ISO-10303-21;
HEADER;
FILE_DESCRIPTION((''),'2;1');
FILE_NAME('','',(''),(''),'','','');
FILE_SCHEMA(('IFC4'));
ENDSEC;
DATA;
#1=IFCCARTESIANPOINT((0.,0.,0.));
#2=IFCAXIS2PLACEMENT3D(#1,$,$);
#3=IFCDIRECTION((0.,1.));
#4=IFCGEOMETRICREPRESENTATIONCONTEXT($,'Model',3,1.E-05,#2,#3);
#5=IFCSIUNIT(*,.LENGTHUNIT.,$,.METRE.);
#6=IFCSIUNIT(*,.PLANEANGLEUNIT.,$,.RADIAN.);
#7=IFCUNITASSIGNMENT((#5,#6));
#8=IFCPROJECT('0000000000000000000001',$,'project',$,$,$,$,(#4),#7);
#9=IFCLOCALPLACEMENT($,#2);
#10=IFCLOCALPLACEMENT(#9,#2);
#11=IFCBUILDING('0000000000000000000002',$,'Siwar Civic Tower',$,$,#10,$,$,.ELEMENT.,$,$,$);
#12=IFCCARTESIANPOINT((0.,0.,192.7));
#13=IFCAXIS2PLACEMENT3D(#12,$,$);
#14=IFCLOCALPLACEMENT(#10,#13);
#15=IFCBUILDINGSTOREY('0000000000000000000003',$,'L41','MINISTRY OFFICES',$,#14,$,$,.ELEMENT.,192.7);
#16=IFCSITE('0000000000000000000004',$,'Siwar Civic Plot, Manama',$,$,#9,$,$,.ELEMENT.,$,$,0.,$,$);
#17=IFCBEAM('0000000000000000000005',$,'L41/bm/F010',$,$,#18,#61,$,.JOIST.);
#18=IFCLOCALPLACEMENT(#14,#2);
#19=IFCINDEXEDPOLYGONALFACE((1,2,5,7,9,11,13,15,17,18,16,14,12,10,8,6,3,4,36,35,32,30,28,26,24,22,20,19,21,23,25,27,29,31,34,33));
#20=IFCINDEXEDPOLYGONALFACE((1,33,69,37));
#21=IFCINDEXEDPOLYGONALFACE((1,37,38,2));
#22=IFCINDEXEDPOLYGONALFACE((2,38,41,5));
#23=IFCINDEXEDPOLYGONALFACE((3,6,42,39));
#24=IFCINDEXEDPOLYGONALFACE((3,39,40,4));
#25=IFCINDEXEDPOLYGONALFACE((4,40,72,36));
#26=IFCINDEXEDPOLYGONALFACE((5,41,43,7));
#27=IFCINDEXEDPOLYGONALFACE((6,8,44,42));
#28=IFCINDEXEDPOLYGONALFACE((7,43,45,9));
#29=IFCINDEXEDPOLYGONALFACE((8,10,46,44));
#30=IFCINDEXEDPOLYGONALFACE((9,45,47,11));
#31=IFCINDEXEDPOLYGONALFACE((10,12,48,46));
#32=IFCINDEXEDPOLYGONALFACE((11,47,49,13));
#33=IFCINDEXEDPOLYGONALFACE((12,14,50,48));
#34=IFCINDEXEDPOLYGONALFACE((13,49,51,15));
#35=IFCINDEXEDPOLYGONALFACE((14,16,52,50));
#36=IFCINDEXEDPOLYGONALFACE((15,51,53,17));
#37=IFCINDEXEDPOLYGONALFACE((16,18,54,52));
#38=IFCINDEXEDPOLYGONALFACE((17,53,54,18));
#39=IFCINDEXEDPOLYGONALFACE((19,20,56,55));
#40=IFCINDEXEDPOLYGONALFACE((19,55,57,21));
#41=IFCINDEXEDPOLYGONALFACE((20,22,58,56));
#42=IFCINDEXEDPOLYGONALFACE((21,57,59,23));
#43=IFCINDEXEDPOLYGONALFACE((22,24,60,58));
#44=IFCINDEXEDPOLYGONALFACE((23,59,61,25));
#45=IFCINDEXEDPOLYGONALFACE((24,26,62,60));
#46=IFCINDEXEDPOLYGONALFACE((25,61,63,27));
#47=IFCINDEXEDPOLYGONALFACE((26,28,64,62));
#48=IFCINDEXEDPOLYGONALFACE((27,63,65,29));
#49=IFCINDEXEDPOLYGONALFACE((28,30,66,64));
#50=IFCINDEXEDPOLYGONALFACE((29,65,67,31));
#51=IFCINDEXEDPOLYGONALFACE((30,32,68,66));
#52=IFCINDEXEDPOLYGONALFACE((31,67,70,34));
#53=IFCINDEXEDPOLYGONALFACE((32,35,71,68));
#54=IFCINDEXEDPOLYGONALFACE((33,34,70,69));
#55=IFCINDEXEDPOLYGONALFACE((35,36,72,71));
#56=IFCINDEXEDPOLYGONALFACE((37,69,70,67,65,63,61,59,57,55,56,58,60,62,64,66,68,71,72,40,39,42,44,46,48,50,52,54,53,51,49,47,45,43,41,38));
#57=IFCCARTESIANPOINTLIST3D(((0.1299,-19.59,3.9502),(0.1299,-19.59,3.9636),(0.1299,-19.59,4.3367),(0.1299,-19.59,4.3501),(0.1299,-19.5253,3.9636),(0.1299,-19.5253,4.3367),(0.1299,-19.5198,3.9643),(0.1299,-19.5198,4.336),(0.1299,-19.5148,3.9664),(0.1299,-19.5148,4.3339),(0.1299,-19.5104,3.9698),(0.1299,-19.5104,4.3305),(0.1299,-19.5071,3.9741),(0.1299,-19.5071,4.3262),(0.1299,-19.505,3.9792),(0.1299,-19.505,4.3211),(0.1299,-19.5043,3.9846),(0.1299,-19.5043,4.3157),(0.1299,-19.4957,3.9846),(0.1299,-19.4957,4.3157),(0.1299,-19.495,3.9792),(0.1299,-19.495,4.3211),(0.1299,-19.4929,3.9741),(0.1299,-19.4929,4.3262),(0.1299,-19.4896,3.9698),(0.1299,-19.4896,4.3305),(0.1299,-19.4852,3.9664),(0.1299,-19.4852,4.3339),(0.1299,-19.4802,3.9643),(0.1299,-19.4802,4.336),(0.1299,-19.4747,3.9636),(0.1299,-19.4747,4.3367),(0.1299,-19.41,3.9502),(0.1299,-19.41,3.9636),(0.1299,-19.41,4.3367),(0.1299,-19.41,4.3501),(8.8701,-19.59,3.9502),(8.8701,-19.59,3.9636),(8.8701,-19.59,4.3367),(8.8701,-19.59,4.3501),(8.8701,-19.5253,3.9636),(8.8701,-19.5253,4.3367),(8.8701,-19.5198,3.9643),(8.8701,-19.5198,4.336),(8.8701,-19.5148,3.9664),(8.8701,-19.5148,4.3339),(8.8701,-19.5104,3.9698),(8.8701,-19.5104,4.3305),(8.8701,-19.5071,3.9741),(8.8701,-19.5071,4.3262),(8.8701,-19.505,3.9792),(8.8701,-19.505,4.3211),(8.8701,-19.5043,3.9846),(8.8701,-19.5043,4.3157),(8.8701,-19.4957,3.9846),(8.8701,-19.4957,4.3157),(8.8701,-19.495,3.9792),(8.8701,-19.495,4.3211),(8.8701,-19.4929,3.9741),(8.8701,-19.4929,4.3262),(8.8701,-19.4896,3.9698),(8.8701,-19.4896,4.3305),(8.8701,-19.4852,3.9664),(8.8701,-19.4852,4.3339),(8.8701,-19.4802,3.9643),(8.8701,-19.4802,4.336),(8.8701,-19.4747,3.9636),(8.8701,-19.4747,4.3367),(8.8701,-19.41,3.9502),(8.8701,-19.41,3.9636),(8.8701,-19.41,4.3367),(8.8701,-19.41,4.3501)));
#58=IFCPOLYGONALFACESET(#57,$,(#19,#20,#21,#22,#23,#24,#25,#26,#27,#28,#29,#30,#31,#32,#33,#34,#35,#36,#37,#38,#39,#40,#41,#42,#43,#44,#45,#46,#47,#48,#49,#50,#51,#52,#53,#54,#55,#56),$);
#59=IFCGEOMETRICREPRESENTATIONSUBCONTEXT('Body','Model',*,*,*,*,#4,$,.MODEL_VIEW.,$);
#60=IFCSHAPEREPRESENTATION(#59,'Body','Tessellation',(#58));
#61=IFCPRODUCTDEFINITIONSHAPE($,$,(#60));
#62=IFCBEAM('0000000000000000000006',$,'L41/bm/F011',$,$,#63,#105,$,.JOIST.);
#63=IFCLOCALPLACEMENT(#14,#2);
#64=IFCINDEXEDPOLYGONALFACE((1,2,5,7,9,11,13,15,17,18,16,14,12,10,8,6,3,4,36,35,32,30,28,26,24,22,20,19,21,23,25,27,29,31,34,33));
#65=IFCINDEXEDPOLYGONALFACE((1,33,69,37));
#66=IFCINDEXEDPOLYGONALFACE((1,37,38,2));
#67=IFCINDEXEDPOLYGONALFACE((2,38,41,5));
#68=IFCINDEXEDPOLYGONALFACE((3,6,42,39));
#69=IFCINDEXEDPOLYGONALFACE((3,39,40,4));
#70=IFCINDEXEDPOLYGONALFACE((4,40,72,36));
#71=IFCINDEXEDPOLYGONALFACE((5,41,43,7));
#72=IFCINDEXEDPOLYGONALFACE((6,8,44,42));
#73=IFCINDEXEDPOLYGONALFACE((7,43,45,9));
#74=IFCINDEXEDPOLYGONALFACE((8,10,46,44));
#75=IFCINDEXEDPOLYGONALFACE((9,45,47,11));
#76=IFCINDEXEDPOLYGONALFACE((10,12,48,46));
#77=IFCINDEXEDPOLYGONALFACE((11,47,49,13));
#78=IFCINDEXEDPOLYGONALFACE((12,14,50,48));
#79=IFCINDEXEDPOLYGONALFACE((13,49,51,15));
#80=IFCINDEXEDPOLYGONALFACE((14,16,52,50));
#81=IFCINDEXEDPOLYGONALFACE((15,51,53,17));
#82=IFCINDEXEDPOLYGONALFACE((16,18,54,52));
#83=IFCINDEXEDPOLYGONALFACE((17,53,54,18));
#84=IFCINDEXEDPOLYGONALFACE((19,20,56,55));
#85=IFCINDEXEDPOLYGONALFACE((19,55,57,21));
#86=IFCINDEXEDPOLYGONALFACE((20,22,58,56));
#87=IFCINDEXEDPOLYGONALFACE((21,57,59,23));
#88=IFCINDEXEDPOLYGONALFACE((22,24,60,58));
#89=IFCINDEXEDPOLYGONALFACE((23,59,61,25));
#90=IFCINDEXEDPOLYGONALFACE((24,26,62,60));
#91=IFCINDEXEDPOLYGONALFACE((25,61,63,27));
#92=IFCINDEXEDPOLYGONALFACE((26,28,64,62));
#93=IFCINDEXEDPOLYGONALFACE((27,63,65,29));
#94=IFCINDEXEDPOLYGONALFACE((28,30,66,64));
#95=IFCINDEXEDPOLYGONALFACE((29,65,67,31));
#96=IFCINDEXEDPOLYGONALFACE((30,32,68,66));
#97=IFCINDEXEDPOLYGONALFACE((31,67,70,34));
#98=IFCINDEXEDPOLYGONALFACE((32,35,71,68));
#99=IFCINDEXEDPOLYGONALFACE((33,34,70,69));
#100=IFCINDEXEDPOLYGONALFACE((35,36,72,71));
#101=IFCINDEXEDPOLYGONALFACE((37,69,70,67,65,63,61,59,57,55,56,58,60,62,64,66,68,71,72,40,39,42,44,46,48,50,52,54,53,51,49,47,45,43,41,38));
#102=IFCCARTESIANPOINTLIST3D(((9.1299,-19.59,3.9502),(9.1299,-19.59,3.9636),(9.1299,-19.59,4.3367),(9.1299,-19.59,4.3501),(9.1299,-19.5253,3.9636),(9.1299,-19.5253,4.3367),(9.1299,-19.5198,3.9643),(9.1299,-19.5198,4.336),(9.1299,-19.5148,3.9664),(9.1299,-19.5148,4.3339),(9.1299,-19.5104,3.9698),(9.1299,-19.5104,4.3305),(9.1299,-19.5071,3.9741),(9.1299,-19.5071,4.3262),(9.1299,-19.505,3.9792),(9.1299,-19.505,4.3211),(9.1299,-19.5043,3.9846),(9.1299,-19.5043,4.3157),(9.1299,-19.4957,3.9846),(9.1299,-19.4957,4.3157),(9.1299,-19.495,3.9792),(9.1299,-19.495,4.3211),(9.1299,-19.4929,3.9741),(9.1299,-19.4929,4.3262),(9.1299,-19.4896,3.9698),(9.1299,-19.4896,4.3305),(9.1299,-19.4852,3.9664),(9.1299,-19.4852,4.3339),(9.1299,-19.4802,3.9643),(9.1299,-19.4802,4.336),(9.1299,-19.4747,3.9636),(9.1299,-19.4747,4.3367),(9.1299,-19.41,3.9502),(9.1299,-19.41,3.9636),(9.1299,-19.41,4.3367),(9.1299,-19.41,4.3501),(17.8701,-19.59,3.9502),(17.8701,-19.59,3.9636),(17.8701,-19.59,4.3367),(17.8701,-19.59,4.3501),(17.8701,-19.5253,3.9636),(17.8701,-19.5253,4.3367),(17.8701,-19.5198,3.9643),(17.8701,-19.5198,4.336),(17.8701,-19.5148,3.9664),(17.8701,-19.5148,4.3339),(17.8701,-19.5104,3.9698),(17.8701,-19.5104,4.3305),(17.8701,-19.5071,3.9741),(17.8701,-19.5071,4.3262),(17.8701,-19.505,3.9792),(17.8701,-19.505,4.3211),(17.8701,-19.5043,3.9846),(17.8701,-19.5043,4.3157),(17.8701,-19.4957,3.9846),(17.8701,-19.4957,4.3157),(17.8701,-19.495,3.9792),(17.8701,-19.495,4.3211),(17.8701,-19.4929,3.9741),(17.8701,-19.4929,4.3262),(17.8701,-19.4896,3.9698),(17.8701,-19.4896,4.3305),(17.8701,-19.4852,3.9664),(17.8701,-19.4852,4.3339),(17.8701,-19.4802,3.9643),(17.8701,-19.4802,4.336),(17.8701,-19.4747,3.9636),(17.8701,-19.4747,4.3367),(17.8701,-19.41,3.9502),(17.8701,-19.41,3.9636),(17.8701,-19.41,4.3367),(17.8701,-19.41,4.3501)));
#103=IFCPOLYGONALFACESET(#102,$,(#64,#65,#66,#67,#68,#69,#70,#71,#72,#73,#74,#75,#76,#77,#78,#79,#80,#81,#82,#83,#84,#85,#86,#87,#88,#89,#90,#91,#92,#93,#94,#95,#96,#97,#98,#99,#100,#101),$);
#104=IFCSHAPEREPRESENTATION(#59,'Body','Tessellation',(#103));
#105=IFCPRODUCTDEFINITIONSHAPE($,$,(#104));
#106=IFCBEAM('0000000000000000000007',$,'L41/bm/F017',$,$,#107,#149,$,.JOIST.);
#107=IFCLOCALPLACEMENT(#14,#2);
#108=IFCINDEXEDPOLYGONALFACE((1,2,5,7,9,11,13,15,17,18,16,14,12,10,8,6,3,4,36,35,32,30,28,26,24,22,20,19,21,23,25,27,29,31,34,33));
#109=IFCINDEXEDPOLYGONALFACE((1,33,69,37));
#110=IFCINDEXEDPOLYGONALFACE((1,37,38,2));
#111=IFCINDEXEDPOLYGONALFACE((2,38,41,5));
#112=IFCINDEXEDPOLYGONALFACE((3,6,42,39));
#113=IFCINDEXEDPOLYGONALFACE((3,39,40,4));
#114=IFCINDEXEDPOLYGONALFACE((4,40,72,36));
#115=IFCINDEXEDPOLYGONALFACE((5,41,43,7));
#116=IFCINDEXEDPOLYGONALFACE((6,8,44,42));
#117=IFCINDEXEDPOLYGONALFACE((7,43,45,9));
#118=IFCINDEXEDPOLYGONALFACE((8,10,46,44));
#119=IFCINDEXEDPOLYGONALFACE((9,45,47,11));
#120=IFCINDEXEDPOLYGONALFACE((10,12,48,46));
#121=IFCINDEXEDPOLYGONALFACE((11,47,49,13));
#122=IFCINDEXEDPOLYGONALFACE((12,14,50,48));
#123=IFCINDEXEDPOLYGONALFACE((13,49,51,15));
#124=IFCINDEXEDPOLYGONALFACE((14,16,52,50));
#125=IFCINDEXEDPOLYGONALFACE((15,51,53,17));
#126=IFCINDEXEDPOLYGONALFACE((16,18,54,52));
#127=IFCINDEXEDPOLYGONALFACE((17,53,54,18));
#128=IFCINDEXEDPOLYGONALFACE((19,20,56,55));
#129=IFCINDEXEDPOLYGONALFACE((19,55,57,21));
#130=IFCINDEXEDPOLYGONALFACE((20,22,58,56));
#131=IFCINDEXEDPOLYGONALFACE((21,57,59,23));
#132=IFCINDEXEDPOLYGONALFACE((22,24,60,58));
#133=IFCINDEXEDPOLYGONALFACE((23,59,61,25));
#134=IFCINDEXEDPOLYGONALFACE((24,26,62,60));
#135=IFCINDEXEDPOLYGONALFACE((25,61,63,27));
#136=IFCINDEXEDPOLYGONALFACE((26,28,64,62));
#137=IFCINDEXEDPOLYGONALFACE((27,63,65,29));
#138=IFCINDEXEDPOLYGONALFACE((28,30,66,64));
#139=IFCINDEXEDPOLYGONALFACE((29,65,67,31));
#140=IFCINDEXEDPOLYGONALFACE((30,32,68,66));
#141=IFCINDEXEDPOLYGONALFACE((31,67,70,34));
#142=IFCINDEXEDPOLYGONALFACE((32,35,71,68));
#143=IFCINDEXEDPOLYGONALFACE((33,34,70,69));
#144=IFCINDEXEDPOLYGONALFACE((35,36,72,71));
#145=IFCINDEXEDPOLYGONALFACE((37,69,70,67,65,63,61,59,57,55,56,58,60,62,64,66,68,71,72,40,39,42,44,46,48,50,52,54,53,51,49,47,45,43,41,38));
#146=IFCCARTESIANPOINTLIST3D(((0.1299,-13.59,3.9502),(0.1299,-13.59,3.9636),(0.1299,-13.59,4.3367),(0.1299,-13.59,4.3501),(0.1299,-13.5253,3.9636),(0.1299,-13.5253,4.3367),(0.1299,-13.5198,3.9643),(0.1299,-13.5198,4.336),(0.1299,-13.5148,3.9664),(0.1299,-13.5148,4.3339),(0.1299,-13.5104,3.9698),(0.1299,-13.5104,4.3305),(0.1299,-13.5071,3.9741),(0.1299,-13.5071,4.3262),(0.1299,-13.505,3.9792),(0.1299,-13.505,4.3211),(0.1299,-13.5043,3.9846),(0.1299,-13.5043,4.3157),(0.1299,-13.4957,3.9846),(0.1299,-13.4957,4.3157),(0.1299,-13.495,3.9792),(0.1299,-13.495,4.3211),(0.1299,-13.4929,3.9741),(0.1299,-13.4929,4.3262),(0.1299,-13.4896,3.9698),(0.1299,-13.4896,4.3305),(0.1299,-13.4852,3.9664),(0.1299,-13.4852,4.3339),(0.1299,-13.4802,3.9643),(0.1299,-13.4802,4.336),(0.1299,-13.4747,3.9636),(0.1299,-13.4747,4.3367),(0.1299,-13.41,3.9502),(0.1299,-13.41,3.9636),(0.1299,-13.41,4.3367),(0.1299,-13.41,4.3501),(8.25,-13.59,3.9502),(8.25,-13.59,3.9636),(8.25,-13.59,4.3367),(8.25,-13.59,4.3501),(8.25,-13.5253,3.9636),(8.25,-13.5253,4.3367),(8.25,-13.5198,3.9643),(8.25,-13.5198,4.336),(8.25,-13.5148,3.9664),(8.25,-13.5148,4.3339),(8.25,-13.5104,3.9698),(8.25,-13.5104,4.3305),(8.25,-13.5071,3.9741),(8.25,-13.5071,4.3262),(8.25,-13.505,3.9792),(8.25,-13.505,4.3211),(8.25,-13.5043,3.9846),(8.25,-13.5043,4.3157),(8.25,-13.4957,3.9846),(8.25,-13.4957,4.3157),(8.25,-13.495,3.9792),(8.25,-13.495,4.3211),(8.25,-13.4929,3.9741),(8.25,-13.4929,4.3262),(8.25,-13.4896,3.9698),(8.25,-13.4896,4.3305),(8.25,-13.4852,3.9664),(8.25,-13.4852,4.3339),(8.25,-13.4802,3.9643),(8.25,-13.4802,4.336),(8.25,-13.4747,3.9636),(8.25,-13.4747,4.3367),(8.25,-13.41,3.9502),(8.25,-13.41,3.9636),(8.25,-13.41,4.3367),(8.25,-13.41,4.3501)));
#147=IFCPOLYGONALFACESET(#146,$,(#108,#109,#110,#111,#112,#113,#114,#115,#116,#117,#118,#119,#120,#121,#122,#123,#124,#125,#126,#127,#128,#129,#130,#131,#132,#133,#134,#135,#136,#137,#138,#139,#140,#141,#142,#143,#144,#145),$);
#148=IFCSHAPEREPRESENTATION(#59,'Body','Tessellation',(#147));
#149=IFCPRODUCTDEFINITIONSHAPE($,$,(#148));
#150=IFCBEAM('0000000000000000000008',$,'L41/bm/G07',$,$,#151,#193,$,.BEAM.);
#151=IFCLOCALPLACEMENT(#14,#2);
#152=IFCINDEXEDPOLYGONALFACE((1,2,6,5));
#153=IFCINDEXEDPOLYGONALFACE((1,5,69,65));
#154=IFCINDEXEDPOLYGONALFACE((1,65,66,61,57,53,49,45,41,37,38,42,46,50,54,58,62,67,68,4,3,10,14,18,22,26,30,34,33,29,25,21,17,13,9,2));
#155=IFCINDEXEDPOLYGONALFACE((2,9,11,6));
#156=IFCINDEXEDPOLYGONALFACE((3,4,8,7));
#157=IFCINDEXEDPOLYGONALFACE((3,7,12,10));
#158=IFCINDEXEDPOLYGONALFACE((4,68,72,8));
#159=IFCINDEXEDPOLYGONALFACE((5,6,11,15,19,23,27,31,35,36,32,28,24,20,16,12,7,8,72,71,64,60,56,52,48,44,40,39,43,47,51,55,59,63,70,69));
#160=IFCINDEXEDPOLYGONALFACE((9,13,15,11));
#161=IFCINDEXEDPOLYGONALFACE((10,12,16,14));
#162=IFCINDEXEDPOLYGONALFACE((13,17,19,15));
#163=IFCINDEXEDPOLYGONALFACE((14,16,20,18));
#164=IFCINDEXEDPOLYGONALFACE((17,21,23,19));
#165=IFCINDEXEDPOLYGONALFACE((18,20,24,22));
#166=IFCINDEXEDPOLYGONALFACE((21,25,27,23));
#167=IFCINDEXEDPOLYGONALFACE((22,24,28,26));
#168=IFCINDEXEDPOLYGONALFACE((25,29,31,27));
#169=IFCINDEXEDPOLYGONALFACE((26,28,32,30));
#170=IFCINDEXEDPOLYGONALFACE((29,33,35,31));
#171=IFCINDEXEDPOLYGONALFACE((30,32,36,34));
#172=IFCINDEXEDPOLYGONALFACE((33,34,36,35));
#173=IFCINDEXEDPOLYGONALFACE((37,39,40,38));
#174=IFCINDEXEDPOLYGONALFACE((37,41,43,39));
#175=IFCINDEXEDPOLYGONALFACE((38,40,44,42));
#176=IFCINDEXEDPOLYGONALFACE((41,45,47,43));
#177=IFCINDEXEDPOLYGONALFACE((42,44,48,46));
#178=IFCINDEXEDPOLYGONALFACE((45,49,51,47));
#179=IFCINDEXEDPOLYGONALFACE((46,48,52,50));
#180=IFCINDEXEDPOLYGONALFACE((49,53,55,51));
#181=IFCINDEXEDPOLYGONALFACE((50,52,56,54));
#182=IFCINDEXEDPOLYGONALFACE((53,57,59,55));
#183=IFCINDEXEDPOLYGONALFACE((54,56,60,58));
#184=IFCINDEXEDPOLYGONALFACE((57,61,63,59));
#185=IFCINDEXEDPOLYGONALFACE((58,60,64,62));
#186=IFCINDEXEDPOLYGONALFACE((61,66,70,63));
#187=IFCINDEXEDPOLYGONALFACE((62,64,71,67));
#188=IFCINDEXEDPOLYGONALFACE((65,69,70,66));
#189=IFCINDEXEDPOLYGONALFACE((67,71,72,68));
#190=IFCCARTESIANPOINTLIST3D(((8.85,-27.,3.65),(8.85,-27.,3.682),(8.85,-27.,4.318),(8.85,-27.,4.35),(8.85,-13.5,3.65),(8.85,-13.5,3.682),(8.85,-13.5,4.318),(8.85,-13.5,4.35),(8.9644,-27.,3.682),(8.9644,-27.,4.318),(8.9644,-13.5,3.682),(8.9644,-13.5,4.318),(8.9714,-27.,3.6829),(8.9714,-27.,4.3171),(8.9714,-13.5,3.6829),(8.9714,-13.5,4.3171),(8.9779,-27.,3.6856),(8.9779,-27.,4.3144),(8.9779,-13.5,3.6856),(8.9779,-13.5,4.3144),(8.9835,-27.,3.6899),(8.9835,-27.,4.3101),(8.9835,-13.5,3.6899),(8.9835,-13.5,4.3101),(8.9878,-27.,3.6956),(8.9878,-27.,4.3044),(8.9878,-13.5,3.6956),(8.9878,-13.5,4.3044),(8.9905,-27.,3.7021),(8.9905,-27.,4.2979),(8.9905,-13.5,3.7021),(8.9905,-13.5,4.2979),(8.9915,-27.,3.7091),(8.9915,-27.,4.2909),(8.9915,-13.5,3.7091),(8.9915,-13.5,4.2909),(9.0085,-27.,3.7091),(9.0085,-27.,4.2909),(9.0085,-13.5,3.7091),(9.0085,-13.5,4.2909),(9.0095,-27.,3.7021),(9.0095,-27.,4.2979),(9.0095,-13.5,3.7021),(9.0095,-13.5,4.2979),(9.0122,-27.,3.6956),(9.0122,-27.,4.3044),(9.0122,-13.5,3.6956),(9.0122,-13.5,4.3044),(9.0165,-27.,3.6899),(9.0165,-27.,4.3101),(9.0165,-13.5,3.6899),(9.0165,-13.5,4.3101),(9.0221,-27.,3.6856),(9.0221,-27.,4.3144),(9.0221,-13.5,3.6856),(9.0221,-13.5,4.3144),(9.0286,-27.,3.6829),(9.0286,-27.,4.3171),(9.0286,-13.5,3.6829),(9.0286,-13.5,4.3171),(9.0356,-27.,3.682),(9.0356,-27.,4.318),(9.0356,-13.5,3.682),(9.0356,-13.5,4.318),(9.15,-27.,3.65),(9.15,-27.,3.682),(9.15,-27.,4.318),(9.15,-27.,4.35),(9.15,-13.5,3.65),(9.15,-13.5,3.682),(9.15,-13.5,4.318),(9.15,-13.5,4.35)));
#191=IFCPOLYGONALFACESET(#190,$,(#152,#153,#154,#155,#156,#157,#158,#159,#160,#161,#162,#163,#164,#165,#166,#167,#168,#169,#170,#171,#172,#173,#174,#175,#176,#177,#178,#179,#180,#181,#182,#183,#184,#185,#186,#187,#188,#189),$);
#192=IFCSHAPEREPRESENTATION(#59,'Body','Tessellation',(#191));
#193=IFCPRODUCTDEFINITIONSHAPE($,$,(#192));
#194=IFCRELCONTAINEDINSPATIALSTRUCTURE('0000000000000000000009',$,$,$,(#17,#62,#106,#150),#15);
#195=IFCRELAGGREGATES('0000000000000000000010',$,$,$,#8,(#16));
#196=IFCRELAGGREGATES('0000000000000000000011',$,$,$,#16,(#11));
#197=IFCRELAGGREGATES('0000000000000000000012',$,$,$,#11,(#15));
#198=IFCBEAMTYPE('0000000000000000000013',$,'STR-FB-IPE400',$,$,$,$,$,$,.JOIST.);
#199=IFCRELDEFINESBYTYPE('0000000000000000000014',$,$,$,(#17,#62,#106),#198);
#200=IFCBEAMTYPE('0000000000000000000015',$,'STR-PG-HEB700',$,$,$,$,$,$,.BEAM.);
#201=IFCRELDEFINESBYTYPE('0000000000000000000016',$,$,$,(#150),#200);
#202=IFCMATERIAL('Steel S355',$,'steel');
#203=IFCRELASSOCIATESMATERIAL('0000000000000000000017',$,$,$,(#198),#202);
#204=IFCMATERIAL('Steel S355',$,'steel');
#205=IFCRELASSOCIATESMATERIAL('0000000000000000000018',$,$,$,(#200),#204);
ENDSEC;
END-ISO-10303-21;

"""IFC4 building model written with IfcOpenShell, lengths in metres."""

from ifc_helpers import new_model, si_unit, direction, frame, origin, origin_2d, place, context, subcontext, project, spatial, i_section, extrude, material, material_profile, profile_set, type_object, element, save


model = new_model("IFC4")

# Units and contexts
model_context = context("Model", 3, precision=1e-05, world=origin(), true_north=direction((0.0, 1.0)))
body_context = subcontext(model_context, "Body", "Model", "MODEL_VIEW")
ifc_project = project(units=[si_unit("LENGTHUNIT", "METRE"), si_unit("PLANEANGLEUNIT", "RADIAN")], contexts=[model_context])

# Site, building, storey
site_placement = place(None, origin())
site = spatial("IfcSite", under=ifc_project, at=site_placement, Name="Siwar Civic Plot, Manama", CompositionType="ELEMENT", RefElevation=0.0)
building_placement = place(site_placement, origin())
building = spatial("IfcBuilding", under=site, at=building_placement, Name="Siwar Civic Tower", CompositionType="ELEMENT")
storey_placement = place(building_placement, frame((0.0, 0.0, 192.7)))
storey = spatial("IfcBuildingStorey", under=building, at=storey_placement, Name="L41", Description="MINISTRY OFFICES", CompositionType="ELEMENT", Elevation=192.7)

# Beams
ifc_material_1 = material(Name="Steel S355", Category="steel")
ifc_material_profile_1 = material_profile(ifc_material_1, i_section(OverallWidth=0.1799, OverallDepth=0.3999, WebThickness=0.0085, FlangeThickness=0.0134, FilletRadius=0.021, at=origin_2d()), Name="IPE400")
ifc_profile_set_1 = profile_set([ifc_material_profile_1], Name="Steel S355")
beam_type_1 = type_object("IfcBeamType", Name="STR-FB-IPE400", PredefinedType="JOIST", material=ifc_profile_set_1)
for number, where, z_axis, x_axis, name in (
    (1, (0.1299, -19.5, 4.1501), (1.0, 0.0, 0.0), (0.0, 1.0, 0.0), "L41/bm/F010"),
    (2, (9.1299, -19.5, 4.1501), (1.0, 0.0, 0.0), (0.0, 1.0, 0.0), "L41/bm/F011"),
):
    element("IfcBeam", number, at=place(storey_placement, frame(where, z_axis=z_axis, x_axis=x_axis)), inside=storey, type_object=beam_type_1, Name=name, PredefinedType="JOIST", context=body_context, shape_type="SweptSolid", body=[
        extrude(i_section(OverallWidth=0.1799, OverallDepth=0.3999, WebThickness=0.0085, FlangeThickness=0.0134, FilletRadius=0.021, at=origin_2d()), origin(), (0.0, 0.0, 1.0), 8.7402),
    ])
beam_1_placement = place(storey_placement, frame((0.1299, -13.5, 4.1501), z_axis=(1.0, 0.0, 0.0), x_axis=(0.0, 1.0, 0.0)))
element("IfcBeam", 3, at=beam_1_placement, inside=storey, type_object=beam_type_1, Name="L41/bm/F017", PredefinedType="JOIST", context=body_context, shape_type="SweptSolid", body=[
    extrude(i_section(OverallWidth=0.1799, OverallDepth=0.3999, WebThickness=0.0085, FlangeThickness=0.0134, FilletRadius=0.021, at=origin_2d()), origin(), (0.0, 0.0, 1.0), 8.1201),
])
ifc_material_2 = material(Name="Steel S355", Category="steel")
ifc_material_profile_2 = material_profile(ifc_material_2, i_section(OverallWidth=0.3, OverallDepth=0.7, WebThickness=0.0171, FlangeThickness=0.032, FilletRadius=0.0271, at=origin_2d()), Name="HEB700")
ifc_profile_set_2 = profile_set([ifc_material_profile_2], Name="Steel S355")
beam_type_2 = type_object("IfcBeamType", Name="STR-PG-HEB700", PredefinedType="BEAM", material=ifc_profile_set_2)
beam_2_placement = place(storey_placement, frame((9.0, -27.0, 4.0), z_axis=(0.0, 1.0, 0.0), x_axis=(-1.0, 0.0, 0.0)))
element("IfcBeam", 4, at=beam_2_placement, inside=storey, type_object=beam_type_2, Name="L41/bm/G07", PredefinedType="BEAM", context=body_context, shape_type="SweptSolid", body=[
    extrude(i_section(OverallWidth=0.3, OverallDepth=0.7, WebThickness=0.0171, FlangeThickness=0.032, FilletRadius=0.0271, at=origin_2d()), origin(), (0.0, 0.0, 1.0), 13.5),
])

save(model, "model.ifc")
